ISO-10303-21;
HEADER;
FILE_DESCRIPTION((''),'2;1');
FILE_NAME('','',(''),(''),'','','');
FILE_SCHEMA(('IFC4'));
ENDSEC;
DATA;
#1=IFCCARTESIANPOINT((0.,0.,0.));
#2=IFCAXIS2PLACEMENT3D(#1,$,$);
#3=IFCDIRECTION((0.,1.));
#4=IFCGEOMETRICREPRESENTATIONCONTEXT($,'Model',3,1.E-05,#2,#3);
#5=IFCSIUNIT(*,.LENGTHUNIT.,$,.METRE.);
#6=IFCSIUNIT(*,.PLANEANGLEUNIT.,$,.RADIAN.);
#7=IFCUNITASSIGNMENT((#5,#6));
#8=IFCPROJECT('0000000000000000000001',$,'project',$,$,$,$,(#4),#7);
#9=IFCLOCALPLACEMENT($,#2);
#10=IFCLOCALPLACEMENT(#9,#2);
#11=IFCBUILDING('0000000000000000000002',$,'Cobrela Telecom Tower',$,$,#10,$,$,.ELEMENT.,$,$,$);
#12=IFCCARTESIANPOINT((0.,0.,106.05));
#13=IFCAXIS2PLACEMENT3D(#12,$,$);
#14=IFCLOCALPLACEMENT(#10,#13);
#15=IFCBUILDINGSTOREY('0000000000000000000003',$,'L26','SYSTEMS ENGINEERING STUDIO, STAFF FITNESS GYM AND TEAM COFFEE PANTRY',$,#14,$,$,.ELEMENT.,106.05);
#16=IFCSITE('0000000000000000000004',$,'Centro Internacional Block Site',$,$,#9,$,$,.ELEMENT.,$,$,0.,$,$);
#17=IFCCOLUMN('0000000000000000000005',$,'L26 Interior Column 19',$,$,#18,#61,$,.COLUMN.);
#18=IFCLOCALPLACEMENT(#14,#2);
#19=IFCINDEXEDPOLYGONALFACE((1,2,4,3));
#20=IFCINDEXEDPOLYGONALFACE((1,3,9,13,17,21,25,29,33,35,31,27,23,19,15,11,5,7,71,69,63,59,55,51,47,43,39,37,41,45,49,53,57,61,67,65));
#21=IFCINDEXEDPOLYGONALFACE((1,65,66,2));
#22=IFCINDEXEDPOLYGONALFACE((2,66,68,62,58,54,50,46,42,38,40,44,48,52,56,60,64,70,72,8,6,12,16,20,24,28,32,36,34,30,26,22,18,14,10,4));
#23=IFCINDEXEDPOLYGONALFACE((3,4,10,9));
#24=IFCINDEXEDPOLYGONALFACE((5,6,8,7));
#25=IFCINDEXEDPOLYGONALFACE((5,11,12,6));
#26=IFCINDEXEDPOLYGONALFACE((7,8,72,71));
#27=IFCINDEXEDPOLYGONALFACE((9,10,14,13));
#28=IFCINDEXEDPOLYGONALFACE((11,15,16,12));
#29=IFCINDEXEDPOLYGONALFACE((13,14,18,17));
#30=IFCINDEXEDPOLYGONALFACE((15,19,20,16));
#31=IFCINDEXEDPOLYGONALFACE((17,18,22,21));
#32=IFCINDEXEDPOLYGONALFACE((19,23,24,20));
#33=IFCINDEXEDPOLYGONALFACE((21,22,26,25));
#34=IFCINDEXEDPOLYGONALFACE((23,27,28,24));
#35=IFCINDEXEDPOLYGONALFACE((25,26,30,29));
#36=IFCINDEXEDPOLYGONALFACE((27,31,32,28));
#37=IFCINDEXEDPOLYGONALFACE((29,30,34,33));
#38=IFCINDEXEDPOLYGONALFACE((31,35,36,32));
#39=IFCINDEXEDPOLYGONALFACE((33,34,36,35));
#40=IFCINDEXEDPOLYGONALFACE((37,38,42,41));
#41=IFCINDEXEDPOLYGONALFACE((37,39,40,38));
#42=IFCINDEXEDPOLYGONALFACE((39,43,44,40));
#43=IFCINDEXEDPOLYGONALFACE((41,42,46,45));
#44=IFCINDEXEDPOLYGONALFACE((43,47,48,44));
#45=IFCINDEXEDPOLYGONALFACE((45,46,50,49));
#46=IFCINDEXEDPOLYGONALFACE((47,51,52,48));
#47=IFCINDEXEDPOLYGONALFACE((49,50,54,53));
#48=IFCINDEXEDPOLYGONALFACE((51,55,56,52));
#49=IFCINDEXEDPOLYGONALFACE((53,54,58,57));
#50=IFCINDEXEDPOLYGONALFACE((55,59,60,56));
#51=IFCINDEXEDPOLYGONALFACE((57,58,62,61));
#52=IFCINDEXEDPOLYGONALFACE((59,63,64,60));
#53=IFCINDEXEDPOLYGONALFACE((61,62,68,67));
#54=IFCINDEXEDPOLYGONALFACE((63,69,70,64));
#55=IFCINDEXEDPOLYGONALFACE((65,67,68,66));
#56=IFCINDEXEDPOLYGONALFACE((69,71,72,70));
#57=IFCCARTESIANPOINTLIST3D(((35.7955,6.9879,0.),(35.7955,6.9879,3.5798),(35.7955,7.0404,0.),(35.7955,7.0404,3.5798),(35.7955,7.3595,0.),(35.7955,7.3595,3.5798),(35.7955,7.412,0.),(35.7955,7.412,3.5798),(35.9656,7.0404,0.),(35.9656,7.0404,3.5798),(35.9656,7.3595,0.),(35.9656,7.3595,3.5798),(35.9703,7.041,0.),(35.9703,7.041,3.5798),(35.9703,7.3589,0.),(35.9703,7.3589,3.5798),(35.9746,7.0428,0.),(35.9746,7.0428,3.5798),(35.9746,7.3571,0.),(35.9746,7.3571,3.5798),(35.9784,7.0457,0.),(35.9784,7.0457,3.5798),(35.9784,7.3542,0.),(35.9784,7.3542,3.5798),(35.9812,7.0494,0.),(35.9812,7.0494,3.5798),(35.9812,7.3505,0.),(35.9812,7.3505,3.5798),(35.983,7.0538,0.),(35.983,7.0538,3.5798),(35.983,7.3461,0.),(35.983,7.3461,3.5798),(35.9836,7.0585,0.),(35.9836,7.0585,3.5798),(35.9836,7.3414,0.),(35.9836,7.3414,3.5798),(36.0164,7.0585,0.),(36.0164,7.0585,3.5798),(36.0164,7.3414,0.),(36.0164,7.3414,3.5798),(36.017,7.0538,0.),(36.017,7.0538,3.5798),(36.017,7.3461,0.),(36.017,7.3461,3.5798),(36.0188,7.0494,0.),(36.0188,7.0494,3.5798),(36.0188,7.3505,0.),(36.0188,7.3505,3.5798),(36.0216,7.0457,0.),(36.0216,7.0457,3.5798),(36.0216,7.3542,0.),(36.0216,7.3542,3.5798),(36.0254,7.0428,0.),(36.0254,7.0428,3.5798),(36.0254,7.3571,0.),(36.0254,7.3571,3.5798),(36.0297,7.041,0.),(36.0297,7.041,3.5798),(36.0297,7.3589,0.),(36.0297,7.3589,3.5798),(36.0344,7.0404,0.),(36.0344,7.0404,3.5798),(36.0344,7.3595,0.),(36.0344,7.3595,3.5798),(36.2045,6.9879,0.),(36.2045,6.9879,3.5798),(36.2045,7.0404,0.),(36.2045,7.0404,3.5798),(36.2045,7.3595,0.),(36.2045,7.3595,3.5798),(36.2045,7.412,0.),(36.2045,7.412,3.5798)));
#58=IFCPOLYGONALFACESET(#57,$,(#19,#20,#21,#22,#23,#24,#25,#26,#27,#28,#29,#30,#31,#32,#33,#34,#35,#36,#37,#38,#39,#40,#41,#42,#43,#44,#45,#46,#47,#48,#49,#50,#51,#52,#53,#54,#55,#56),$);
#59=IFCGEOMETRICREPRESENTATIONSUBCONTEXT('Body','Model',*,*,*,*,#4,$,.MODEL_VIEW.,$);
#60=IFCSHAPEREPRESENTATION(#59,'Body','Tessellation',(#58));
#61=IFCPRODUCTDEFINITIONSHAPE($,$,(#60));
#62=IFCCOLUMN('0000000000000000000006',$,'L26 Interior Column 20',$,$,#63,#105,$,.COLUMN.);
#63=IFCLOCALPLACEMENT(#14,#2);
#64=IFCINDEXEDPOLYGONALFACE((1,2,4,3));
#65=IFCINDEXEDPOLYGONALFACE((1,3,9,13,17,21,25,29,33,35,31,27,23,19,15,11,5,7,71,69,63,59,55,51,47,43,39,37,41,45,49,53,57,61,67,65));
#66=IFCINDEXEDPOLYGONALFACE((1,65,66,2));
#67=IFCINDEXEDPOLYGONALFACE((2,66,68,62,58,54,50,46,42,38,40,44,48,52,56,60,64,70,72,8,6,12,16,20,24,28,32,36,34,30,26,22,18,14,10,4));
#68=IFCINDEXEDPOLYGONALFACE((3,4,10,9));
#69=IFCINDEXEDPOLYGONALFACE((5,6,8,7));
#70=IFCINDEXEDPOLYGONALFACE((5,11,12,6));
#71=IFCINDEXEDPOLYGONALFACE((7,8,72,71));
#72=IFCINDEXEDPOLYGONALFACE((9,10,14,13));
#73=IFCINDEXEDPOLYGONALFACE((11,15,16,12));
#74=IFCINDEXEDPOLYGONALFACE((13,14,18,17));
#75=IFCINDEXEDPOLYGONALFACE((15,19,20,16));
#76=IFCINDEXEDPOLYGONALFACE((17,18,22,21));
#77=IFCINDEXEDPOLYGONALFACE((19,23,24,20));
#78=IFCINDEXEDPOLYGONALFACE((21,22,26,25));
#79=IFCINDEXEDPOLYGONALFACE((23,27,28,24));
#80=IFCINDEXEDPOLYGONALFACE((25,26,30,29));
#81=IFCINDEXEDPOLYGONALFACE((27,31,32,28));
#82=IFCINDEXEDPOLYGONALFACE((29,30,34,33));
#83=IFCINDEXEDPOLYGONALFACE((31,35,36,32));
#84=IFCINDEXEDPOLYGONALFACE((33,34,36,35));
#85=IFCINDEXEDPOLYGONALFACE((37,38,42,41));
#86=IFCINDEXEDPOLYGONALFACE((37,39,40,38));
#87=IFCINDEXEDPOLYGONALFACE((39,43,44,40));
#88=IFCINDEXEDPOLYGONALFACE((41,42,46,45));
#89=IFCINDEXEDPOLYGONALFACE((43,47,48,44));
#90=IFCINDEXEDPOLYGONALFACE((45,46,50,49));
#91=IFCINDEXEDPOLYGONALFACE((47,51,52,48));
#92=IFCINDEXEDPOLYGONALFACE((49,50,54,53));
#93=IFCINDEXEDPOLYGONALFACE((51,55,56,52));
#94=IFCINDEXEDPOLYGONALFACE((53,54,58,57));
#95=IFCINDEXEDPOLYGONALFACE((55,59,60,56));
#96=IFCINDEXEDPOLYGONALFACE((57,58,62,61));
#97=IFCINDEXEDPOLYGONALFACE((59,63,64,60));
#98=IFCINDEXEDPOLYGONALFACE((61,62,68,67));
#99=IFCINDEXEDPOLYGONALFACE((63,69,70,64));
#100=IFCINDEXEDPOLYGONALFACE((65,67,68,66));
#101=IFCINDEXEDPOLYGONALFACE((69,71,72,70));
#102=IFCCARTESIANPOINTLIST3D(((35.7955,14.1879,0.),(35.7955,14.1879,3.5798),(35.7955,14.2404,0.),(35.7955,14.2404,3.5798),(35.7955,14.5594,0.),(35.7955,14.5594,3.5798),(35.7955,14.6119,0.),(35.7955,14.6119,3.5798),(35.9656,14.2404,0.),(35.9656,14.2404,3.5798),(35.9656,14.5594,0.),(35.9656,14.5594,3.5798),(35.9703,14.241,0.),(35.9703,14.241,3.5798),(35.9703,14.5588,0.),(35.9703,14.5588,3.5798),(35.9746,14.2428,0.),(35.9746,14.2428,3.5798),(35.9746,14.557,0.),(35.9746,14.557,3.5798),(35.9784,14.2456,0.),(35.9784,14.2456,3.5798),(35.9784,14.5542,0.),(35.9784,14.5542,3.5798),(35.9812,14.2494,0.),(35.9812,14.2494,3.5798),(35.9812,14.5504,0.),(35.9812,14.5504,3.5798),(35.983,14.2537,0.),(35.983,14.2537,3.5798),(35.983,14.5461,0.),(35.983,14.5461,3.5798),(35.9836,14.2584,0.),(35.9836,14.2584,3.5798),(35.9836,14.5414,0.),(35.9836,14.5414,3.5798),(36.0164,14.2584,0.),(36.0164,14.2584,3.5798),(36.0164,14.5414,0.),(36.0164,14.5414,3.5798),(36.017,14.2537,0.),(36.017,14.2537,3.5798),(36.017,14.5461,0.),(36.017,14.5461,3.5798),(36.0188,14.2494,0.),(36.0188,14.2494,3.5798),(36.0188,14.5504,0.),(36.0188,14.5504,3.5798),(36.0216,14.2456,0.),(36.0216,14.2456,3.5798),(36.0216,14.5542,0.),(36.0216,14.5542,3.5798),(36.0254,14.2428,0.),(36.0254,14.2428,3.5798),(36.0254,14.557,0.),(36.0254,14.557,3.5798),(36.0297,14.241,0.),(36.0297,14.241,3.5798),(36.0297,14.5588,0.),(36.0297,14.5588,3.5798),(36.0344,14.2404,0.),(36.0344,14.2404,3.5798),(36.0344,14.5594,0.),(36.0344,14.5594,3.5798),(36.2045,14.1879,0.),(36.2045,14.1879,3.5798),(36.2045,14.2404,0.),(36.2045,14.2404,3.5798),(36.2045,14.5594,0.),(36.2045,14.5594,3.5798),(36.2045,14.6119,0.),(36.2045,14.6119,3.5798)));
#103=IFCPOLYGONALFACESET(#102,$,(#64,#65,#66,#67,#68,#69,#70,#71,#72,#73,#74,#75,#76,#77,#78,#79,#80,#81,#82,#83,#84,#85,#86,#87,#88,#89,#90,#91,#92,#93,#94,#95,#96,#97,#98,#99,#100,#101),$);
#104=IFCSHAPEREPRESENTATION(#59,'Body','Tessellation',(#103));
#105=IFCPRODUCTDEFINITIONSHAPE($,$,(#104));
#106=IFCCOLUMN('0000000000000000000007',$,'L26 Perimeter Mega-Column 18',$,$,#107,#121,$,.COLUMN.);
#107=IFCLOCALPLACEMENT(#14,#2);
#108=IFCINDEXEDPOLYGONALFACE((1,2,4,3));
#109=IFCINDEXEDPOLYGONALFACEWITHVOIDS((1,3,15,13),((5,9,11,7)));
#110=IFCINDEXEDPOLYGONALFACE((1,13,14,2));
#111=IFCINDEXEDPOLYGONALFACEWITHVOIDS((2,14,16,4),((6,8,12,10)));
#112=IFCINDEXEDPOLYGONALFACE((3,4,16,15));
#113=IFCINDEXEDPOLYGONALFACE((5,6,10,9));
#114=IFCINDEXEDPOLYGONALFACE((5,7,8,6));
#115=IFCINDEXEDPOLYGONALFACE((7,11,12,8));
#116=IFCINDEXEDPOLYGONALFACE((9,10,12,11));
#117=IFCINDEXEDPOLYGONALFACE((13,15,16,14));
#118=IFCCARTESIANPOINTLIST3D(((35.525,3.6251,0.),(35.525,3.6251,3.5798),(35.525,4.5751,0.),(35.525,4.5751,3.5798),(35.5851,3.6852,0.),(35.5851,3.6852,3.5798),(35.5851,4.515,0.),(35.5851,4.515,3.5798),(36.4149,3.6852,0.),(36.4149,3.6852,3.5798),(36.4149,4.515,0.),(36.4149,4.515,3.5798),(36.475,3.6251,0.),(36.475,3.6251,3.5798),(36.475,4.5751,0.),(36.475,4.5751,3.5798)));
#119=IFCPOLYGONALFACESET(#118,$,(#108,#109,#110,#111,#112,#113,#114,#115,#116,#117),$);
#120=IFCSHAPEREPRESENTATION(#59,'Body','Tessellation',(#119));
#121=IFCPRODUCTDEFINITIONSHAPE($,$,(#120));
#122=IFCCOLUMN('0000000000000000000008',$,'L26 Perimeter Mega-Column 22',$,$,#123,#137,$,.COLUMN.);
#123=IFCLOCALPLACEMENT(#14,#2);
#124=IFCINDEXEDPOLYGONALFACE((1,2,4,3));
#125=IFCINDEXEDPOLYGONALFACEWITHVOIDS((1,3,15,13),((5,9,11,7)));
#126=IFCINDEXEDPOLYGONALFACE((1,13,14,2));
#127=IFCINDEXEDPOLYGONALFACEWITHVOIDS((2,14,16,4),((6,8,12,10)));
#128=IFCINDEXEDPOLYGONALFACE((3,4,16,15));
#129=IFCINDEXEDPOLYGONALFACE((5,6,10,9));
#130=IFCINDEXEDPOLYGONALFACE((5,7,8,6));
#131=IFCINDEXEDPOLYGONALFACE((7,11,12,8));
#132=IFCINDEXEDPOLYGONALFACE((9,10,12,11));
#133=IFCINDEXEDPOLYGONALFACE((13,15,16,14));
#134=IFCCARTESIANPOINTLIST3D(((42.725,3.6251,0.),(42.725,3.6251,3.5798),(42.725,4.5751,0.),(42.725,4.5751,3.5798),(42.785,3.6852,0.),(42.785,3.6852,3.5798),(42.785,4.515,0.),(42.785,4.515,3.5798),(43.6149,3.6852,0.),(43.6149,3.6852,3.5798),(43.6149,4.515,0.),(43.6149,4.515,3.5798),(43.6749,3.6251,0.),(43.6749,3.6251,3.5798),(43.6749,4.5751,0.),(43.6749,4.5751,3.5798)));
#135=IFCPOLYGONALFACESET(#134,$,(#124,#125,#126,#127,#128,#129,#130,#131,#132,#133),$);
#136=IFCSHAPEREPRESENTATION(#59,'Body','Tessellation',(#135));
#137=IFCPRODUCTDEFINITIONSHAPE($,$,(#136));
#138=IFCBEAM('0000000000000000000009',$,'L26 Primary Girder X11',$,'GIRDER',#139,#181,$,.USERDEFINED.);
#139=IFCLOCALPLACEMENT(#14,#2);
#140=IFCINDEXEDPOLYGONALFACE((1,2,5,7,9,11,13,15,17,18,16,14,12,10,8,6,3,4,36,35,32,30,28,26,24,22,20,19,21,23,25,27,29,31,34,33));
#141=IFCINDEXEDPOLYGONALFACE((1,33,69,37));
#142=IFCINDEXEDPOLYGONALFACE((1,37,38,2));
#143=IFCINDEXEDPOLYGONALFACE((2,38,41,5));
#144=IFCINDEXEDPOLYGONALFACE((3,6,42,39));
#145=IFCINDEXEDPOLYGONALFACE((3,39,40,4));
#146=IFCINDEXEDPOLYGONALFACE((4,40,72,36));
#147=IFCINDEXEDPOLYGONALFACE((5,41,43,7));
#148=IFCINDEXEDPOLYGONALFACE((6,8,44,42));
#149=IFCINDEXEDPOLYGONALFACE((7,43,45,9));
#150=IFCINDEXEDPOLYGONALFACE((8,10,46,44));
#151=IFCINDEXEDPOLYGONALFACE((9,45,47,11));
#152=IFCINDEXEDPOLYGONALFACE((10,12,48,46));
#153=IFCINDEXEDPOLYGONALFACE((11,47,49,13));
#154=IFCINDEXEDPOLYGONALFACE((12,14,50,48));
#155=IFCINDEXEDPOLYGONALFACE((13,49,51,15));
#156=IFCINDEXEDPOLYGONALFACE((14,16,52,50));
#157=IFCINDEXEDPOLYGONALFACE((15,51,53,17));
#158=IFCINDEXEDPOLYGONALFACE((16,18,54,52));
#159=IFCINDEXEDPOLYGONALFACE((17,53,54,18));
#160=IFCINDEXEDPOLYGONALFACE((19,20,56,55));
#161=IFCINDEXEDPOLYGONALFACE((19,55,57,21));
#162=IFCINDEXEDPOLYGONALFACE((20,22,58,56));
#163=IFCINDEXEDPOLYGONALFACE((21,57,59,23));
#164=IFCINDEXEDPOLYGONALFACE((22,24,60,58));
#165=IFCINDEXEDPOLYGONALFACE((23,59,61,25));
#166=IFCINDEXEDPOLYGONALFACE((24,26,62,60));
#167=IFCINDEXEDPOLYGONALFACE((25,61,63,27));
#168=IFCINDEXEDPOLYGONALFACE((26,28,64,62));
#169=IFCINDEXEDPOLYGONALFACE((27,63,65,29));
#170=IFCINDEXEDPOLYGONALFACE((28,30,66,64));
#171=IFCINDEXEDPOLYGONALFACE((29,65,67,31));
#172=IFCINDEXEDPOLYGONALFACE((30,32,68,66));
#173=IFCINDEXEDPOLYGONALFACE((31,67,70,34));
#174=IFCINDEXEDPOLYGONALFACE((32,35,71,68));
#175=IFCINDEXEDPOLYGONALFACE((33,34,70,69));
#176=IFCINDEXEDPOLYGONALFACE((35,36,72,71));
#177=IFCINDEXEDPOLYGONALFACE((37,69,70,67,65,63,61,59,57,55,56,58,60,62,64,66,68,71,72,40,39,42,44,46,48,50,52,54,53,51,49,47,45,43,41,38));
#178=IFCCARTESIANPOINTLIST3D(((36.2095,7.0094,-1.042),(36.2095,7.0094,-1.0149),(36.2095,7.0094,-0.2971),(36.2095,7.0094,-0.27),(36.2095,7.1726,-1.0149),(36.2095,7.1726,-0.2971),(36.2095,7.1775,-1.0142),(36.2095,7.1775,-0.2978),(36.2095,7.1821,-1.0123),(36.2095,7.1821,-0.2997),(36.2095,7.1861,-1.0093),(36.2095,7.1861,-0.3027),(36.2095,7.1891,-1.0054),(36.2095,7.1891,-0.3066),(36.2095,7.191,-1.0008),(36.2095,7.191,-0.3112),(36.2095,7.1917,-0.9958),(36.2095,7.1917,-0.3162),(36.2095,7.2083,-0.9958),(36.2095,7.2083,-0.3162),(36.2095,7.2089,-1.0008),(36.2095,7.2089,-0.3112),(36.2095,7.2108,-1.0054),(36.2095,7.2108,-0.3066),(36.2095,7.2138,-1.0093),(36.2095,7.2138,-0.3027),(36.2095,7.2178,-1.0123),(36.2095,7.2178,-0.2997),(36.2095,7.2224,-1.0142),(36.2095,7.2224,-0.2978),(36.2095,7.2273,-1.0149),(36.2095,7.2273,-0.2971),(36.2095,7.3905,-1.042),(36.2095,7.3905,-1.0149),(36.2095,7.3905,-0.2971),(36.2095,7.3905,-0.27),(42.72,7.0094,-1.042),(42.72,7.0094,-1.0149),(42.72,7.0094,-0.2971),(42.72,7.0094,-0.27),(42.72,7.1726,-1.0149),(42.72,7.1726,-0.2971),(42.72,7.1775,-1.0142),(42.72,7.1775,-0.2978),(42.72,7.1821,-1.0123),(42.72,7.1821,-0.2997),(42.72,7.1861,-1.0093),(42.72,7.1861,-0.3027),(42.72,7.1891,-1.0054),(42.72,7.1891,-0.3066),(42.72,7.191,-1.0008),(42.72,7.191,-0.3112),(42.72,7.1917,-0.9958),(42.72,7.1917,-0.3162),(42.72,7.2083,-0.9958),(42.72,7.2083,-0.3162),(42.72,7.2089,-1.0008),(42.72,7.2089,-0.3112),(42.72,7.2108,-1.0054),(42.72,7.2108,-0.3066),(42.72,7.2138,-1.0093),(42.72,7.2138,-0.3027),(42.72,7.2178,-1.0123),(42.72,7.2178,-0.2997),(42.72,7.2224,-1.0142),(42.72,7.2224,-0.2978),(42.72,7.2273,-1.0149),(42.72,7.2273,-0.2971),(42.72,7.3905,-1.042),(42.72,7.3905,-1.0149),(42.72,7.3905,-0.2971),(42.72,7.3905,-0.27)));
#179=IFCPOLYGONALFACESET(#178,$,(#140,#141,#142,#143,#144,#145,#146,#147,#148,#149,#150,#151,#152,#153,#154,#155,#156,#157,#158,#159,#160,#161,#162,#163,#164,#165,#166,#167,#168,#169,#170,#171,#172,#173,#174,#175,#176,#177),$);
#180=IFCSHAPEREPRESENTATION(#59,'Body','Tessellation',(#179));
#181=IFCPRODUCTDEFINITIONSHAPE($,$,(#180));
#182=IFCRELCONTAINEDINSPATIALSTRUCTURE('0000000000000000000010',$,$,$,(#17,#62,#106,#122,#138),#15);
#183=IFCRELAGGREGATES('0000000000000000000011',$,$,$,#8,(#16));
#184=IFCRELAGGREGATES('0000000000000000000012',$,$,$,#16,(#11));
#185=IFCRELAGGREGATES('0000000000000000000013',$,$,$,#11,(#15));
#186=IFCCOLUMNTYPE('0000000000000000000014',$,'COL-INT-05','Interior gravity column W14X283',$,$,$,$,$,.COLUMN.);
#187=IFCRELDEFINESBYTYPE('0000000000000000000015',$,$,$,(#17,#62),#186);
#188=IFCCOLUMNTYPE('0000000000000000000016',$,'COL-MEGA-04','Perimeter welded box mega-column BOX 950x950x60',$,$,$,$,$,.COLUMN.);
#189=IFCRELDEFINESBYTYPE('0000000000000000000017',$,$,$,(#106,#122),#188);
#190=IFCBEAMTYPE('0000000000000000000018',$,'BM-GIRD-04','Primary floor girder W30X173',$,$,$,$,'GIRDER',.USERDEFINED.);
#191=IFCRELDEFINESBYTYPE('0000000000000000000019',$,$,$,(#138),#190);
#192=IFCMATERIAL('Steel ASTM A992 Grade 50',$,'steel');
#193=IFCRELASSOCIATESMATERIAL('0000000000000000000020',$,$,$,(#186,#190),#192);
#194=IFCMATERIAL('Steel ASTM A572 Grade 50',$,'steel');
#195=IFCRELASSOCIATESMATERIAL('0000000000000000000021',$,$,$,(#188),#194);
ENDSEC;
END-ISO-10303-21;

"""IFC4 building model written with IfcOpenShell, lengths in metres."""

from ifc_helpers import new_model, si_unit, direction, frame, origin, origin_2d, place, context, subcontext, project, spatial, hollow_rectangle, i_section, extrude, material, material_profile, profile_set, type_object, element, save


model = new_model("IFC4")

# Units and contexts
model_context = context("Model", 3, precision=1e-05, world=origin(), true_north=direction((0.0, 1.0)))
body_context = subcontext(model_context, "Body", "Model", "MODEL_VIEW")
ifc_project = project(units=[si_unit("LENGTHUNIT", "METRE"), si_unit("PLANEANGLEUNIT", "RADIAN")], contexts=[model_context])

# Site, building, storey
site_placement = place(None, origin())
site = spatial("IfcSite", under=ifc_project, at=site_placement, Name="Centro Internacional Block Site", CompositionType="ELEMENT", RefElevation=0.0)
building_placement = place(site_placement, origin())
building = spatial("IfcBuilding", under=site, at=building_placement, Name="Cobrela Telecom Tower", CompositionType="ELEMENT")
storey_placement = place(building_placement, frame((0.0, 0.0, 106.05)))
storey = spatial("IfcBuildingStorey", under=building, at=storey_placement, Name="L26", Description="SYSTEMS ENGINEERING STUDIO, STAFF FITNESS GYM AND TEAM COFFEE PANTRY", CompositionType="ELEMENT", Elevation=106.05)

# Columns
ifc_material_1 = material(Name="Steel ASTM A992 Grade 50", Category="steel")
ifc_material_profile_1 = material_profile(ifc_material_1, i_section(OverallWidth=0.4089, OverallDepth=0.4241, WebThickness=0.0327, FlangeThickness=0.0525, FilletRadius=0.0181, at=origin_2d()), Name="W14X283")
ifc_profile_set_1 = profile_set([ifc_material_profile_1], Name="Steel ASTM A992 Grade 50")
column_type_1 = type_object("IfcColumnType", Name="COL-INT-05", Description="Interior gravity column W14X283", PredefinedType="COLUMN", material=ifc_profile_set_1)
for number, where, z_axis, x_axis, name in (
    (1, (36.0, 7.2, 0.0), (0.0, 0.0, 1.0), (1.0, 0.0, 0.0), "L26 Interior Column 19"),
    (2, (36.0, 14.3999, 0.0), (0.0, 0.0, 1.0), (1.0, 0.0, 0.0), "L26 Interior Column 20"),
):
    element("IfcColumn", number, at=place(storey_placement, frame(where, z_axis=z_axis, x_axis=x_axis)), inside=storey, type_object=column_type_1, Name=name, PredefinedType="COLUMN", context=body_context, shape_type="SweptSolid", body=[
        extrude(i_section(OverallWidth=0.4089, OverallDepth=0.4241, WebThickness=0.0327, FlangeThickness=0.0525, FilletRadius=0.0181, at=origin_2d()), origin(), (0.0, 0.0, 1.0), 3.5798),
    ])
ifc_material_2 = material(Name="Steel ASTM A572 Grade 50", Category="steel")
ifc_material_profile_2 = material_profile(ifc_material_2, hollow_rectangle(XDim=0.95, YDim=0.95, WallThickness=0.0601, at=origin_2d()), Name="BOX 950x950x60")
ifc_profile_set_2 = profile_set([ifc_material_profile_2], Name="Steel ASTM A572 Grade 50")
column_type_2 = type_object("IfcColumnType", Name="COL-MEGA-04", Description="Perimeter welded box mega-column BOX 950x950x60", PredefinedType="COLUMN", material=ifc_profile_set_2)
for number, where, z_axis, x_axis, name in (
    (3, (36.0, 4.1001, 0.0), (0.0, 0.0, 1.0), (1.0, 0.0, 0.0), "L26 Perimeter Mega-Column 18"),
    (4, (43.2, 4.1001, 0.0), (0.0, 0.0, 1.0), (1.0, 0.0, 0.0), "L26 Perimeter Mega-Column 22"),
):
    element("IfcColumn", number, at=place(storey_placement, frame(where, z_axis=z_axis, x_axis=x_axis)), inside=storey, type_object=column_type_2, Name=name, PredefinedType="COLUMN", context=body_context, shape_type="SweptSolid", body=[
        extrude(hollow_rectangle(XDim=0.95, YDim=0.95, WallThickness=0.0601, at=origin_2d()), origin(), (0.0, 0.0, 1.0), 3.5798),
    ])

# Beam
ifc_material_profile_3 = material_profile(ifc_material_1, i_section(OverallWidth=0.3811, OverallDepth=0.772, WebThickness=0.0166, FlangeThickness=0.0271, FilletRadius=0.019, at=origin_2d()), Name="W30X173")
ifc_profile_set_3 = profile_set([ifc_material_profile_3], Name="Steel ASTM A992 Grade 50")
beam_type_1 = type_object("IfcBeamType", Name="BM-GIRD-04", Description="Primary floor girder W30X173", ElementType="GIRDER", PredefinedType="USERDEFINED", material=ifc_profile_set_3)
beam_1_placement = place(storey_placement, frame((36.2095, 7.2, -0.656), z_axis=(1.0, 0.0, 0.0), x_axis=(0.0, 1.0, 0.0)))
element("IfcBeam", 5, at=beam_1_placement, inside=storey, type_object=beam_type_1, Name="L26 Primary Girder X11", ObjectType="GIRDER", PredefinedType="USERDEFINED", context=body_context, shape_type="SweptSolid", body=[
    extrude(i_section(OverallWidth=0.3811, OverallDepth=0.772, WebThickness=0.0166, FlangeThickness=0.0271, FilletRadius=0.019, at=origin_2d()), origin(), (0.0, 0.0, 1.0), 6.5105),
])

save(model, "model.ifc")
